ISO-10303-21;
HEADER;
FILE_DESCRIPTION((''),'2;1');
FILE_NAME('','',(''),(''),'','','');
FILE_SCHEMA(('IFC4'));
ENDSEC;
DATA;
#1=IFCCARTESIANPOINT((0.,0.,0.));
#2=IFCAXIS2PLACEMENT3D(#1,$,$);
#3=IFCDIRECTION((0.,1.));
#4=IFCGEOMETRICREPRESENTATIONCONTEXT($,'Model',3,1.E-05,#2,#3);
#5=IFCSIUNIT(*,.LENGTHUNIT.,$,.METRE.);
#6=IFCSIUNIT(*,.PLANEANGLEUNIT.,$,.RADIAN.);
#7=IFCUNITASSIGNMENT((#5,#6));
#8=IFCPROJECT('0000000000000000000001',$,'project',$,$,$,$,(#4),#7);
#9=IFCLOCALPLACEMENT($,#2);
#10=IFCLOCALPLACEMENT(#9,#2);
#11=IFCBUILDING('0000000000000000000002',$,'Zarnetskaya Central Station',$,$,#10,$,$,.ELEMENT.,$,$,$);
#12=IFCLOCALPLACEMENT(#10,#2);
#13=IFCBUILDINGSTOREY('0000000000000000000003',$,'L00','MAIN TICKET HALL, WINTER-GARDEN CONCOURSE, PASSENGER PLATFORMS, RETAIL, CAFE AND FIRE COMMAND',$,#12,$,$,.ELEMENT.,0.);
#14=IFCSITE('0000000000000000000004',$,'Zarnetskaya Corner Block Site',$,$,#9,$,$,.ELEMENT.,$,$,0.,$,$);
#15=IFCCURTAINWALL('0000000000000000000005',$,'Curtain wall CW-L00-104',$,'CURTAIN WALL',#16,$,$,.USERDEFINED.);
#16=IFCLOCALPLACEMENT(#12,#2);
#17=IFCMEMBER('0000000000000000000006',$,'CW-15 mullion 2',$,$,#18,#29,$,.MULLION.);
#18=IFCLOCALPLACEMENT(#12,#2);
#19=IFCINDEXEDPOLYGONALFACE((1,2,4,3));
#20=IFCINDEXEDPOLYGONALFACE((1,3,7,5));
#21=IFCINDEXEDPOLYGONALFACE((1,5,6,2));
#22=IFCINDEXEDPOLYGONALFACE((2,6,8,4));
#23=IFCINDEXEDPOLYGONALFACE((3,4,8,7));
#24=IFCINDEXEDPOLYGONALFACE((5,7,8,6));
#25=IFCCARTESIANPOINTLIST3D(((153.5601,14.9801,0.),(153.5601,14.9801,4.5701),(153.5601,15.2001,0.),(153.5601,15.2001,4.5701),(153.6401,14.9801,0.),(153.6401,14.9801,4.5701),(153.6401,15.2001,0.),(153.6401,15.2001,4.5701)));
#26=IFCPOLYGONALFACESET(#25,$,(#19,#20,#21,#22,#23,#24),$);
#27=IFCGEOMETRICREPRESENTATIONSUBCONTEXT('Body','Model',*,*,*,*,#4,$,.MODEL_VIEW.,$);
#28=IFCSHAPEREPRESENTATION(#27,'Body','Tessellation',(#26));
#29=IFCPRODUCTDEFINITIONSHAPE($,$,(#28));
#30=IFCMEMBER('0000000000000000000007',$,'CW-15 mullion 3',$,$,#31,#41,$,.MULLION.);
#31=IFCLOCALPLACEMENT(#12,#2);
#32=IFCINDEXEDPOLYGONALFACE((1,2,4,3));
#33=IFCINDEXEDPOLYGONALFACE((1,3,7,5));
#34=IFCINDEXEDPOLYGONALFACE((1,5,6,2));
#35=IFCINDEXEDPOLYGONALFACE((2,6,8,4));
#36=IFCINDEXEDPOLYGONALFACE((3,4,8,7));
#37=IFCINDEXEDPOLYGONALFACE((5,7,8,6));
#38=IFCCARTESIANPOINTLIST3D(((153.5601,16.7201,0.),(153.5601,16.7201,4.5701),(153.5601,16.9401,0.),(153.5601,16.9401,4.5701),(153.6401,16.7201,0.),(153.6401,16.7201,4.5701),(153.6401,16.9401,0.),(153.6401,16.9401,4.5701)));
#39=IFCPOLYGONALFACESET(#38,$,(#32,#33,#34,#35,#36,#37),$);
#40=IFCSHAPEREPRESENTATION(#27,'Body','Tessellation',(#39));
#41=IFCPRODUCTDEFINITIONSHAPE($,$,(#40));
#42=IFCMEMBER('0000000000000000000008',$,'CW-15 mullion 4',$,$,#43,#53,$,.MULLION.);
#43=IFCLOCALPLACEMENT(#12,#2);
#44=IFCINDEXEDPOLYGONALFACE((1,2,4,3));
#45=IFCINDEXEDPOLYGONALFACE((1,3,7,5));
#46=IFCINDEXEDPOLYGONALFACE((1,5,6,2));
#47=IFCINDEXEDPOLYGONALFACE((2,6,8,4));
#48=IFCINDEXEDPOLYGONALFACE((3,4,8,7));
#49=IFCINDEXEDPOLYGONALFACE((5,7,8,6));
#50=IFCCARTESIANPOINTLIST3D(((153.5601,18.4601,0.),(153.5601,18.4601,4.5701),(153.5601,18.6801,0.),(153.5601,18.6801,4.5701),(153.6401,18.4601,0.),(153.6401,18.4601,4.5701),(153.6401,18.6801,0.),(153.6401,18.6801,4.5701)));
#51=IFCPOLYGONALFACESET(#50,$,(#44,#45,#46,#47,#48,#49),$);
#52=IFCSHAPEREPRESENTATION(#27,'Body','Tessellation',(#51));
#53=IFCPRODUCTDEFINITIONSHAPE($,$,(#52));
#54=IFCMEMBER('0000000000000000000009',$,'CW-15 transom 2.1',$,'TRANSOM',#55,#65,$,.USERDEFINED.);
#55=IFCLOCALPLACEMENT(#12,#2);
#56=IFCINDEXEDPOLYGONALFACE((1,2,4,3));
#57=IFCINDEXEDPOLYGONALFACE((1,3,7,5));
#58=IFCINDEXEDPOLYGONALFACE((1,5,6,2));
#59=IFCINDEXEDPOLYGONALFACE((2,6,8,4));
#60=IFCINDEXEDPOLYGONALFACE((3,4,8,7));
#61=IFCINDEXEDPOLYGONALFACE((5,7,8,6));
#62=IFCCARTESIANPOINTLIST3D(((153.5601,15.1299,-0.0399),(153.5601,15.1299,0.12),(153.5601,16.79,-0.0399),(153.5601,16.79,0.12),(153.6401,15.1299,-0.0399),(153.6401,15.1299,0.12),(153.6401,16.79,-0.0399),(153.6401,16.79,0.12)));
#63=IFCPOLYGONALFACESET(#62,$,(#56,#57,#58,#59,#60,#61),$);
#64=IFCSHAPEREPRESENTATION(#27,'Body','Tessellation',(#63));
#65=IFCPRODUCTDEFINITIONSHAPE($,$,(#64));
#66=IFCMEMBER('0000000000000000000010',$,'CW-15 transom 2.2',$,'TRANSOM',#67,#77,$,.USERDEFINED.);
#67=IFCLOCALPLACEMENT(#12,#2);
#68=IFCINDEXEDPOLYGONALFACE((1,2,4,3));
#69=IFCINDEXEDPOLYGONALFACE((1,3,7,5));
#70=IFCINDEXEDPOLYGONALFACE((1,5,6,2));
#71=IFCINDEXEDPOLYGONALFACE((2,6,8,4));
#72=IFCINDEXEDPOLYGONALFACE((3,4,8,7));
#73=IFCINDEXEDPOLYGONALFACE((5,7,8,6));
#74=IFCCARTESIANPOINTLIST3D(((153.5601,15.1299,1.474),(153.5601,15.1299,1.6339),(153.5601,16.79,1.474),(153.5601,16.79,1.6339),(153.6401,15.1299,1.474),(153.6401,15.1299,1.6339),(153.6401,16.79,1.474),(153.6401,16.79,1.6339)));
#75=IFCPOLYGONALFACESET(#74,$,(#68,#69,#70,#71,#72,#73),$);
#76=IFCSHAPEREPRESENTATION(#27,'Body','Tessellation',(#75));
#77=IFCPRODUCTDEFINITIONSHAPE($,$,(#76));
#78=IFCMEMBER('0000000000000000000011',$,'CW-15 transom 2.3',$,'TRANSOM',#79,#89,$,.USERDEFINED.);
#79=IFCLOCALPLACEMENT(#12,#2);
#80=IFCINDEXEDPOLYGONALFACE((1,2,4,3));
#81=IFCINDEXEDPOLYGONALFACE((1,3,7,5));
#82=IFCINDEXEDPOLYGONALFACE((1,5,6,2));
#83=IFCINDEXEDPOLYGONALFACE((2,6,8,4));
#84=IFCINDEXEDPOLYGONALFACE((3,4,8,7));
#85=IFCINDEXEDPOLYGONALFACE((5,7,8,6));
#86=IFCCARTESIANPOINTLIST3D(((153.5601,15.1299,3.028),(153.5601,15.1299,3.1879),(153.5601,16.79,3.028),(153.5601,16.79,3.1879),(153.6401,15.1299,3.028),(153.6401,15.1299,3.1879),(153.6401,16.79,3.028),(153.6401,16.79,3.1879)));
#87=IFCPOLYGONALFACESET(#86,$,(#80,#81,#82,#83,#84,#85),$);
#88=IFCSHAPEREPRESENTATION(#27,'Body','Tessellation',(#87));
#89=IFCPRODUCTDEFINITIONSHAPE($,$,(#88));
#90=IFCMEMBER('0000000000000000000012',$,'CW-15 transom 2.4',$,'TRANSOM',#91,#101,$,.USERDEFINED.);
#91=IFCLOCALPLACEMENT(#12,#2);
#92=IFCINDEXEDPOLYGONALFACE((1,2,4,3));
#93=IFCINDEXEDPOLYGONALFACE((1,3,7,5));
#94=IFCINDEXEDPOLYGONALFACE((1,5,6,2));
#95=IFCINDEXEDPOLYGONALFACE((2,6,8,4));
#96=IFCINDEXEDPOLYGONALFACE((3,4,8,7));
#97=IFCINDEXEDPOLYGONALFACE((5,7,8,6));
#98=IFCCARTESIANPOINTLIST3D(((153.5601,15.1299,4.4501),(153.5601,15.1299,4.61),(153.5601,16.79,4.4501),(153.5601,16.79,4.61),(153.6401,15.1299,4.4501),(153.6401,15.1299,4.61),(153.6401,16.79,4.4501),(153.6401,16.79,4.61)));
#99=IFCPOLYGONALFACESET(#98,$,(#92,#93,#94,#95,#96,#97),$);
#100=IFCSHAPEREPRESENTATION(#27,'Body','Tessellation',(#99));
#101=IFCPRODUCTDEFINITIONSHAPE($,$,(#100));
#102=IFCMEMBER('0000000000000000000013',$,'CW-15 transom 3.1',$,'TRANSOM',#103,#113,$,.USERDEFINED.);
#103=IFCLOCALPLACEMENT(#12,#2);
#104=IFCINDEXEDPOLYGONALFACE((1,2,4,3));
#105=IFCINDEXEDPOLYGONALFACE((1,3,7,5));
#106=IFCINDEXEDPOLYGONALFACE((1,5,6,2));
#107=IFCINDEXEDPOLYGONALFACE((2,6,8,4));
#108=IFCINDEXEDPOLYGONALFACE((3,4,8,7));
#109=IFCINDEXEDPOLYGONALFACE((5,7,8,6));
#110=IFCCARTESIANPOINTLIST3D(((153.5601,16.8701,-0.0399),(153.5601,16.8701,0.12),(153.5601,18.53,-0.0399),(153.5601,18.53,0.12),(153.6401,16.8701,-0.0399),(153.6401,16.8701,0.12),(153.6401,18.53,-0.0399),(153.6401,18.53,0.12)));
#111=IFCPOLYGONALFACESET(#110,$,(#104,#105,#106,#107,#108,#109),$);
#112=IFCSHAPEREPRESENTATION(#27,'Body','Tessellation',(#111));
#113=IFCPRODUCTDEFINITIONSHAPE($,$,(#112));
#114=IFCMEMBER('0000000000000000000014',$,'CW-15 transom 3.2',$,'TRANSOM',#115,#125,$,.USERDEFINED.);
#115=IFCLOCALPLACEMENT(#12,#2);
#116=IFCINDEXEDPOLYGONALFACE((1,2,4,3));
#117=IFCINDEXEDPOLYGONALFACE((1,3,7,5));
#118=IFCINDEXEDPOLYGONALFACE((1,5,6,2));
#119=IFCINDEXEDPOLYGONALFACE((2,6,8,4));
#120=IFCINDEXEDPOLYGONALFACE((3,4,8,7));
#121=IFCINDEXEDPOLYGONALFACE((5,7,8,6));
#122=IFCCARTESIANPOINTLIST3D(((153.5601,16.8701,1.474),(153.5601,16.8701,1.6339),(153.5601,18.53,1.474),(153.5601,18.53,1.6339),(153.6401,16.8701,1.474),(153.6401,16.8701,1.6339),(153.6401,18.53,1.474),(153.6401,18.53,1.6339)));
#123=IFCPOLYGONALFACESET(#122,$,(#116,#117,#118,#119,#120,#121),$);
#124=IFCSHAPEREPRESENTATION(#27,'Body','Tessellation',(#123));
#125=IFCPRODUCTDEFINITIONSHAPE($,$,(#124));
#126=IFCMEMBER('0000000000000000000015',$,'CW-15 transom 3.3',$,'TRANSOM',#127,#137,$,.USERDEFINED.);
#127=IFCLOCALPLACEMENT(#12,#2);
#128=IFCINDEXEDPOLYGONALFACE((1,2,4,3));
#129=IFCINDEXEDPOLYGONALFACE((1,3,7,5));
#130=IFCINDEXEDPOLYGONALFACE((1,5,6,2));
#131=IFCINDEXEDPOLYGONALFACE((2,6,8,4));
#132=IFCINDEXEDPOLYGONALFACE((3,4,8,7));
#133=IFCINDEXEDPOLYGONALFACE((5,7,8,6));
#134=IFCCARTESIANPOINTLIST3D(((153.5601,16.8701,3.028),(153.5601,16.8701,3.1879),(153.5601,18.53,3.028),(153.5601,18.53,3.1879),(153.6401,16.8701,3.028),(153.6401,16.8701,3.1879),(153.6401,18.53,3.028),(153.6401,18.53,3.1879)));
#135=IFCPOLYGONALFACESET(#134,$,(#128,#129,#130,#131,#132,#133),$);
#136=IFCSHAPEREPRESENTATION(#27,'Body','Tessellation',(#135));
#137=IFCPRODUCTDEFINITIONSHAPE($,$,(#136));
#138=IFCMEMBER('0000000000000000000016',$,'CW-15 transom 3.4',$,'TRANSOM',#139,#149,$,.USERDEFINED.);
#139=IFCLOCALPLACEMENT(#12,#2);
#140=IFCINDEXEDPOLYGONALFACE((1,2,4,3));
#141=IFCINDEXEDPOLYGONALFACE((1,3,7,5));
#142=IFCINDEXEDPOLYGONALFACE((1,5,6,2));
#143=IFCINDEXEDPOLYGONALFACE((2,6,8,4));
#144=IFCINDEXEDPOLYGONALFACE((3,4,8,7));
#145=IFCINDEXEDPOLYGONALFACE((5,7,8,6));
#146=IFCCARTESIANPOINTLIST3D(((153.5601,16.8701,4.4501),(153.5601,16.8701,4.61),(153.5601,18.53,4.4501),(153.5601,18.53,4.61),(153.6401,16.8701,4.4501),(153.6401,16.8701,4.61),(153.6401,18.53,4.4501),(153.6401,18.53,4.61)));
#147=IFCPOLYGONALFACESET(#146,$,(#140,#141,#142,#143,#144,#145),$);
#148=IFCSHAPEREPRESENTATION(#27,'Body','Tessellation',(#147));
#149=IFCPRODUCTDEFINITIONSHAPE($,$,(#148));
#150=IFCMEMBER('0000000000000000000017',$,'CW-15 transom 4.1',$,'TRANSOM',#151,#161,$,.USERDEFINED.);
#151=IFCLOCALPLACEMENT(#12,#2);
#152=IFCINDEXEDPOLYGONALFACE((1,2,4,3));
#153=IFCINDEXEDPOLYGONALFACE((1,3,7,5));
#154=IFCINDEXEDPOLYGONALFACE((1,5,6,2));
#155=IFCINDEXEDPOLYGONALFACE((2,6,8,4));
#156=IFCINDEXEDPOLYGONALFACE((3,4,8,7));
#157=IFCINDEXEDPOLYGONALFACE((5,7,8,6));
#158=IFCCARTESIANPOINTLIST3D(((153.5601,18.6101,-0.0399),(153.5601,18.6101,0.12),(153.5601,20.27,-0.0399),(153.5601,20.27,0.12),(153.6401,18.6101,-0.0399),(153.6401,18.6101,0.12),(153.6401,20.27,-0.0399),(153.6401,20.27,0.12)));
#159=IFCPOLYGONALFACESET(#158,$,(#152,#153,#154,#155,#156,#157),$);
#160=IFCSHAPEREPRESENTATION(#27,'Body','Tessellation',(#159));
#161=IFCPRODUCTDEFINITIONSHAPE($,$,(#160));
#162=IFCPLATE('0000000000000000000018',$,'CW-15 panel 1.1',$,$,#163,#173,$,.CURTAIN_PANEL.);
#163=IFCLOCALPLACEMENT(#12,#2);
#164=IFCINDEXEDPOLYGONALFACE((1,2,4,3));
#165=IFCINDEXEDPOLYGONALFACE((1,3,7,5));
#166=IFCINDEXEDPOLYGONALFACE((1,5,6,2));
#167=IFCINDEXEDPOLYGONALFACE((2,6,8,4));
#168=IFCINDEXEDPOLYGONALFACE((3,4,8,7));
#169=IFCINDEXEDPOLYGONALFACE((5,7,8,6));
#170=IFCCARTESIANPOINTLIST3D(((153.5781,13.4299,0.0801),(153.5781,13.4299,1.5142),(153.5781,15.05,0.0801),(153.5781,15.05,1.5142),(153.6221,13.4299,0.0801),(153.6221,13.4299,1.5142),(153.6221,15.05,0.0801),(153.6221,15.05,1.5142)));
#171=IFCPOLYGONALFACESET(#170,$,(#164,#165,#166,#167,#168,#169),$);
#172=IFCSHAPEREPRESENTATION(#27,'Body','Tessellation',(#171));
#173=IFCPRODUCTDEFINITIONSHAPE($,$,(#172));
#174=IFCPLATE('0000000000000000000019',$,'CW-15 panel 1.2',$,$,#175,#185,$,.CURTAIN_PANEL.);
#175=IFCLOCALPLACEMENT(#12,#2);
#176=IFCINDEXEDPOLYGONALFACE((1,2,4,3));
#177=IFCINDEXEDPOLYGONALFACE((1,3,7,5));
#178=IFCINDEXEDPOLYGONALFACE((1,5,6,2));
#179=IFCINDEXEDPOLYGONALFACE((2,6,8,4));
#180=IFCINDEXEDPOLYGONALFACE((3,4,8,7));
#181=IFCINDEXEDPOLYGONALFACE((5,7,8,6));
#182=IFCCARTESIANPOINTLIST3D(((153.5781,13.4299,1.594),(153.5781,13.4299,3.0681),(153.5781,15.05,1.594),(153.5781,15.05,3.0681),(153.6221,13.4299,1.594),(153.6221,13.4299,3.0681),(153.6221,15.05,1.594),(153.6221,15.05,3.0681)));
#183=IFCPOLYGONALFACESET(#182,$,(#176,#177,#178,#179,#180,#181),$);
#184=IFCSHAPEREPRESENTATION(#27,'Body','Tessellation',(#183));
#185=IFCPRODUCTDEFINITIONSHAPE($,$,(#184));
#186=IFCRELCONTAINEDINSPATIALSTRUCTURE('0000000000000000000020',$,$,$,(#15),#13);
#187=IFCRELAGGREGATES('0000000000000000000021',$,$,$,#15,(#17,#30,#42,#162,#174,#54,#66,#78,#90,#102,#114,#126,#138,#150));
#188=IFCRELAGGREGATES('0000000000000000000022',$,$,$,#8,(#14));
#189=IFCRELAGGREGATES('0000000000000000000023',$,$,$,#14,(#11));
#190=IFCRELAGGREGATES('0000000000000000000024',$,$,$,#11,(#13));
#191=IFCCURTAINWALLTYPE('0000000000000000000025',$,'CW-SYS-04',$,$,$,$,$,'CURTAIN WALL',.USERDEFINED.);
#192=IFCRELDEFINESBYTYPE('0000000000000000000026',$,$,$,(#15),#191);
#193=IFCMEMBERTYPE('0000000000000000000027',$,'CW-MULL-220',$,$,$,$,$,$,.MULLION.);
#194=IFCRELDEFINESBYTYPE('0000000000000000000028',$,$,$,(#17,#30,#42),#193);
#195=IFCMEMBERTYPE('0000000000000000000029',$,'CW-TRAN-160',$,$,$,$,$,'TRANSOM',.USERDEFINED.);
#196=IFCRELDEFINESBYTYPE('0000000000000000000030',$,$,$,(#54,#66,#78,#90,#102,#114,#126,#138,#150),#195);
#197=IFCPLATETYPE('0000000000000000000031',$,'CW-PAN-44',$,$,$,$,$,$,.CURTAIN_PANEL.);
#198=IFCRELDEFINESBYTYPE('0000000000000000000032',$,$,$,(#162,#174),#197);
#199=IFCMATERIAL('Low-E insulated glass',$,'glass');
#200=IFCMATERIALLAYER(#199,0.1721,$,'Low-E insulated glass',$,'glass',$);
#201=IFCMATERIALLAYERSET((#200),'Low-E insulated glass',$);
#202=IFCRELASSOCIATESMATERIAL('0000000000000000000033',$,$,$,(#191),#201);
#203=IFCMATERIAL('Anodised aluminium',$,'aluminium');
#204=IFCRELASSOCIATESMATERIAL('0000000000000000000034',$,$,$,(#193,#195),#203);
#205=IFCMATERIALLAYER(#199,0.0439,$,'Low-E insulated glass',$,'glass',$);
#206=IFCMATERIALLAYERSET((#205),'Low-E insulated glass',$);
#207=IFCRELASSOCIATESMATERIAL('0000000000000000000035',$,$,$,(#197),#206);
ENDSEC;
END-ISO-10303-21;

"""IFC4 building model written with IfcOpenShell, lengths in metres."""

from ifc_helpers import new_model, si_unit, direction, frame, origin, origin_2d, place, context, subcontext, project, spatial, rectangle, extrude, material, layer, layer_set, material_profile, profile_set, type_object, element, aggregate, save


model = new_model("IFC4")

# Units and contexts
model_context = context("Model", 3, precision=1e-05, world=origin(), true_north=direction((0.0, 1.0)))
body_context = subcontext(model_context, "Body", "Model", "MODEL_VIEW")
ifc_project = project(units=[si_unit("LENGTHUNIT", "METRE"), si_unit("PLANEANGLEUNIT", "RADIAN")], contexts=[model_context])

# Site, building, storey
site_placement = place(None, origin())
site = spatial("IfcSite", under=ifc_project, at=site_placement, Name="Zarnetskaya Corner Block Site", CompositionType="ELEMENT", RefElevation=0.0)
building_placement = place(site_placement, origin())
building = spatial("IfcBuilding", under=site, at=building_placement, Name="Zarnetskaya Central Station", CompositionType="ELEMENT")
storey_placement = place(building_placement, origin())
storey = spatial("IfcBuildingStorey", under=building, at=storey_placement, Name="L00", Description="MAIN TICKET HALL, WINTER-GARDEN CONCOURSE, PASSENGER PLATFORMS, RETAIL, CAFE AND FIRE COMMAND", CompositionType="ELEMENT", Elevation=0.0)

# Curtain wall, members, plates
ifc_material_1 = material(Name="Low-E insulated glass", Category="glass")
ifc_layer_1 = layer(ifc_material_1, 0.1721, Name="Low-E insulated glass", Category="glass")
ifc_layer_set_1 = layer_set([ifc_layer_1], Name="Low-E insulated glass")
curtain_wall_type = type_object("IfcCurtainWallType", Name="CW-SYS-04", ElementType="CURTAIN WALL", PredefinedType="USERDEFINED", material=ifc_layer_set_1)
curtain_wall_placement = place(storey_placement, origin())
curtain_wall = element("IfcCurtainWall", 1, at=curtain_wall_placement, inside=storey, type_object=curtain_wall_type, Name="Curtain wall CW-L00-104", ObjectType="CURTAIN WALL", PredefinedType="USERDEFINED")
ifc_material_2 = material(Name="Anodised aluminium", Category="aluminium")
ifc_material_profile_1 = material_profile(ifc_material_2, rectangle(XDim=0.0801, YDim=0.22, at=origin_2d()), Name="ALU MULL 80x220")
ifc_profile_set_1 = profile_set([ifc_material_profile_1], Name="Anodised aluminium")
member_type_1 = type_object("IfcMemberType", Name="CW-MULL-220", PredefinedType="MULLION", material=ifc_profile_set_1)
member_1_placement = place(storey_placement, frame((153.6001, 15.0901, 0.0), z_axis=(0.0, 0.0, 1.0), x_axis=(-1.0, 0.0, 0.0)))
member_1 = element("IfcMember", 2, at=member_1_placement, type_object=member_type_1, Name="CW-15 mullion 2", PredefinedType="MULLION", context=body_context, shape_type="SweptSolid", body=[
    extrude(rectangle(XDim=0.0801, YDim=0.22, at=origin_2d()), origin(), (0.0, 0.0, 1.0), 4.5701),
])
member_2_placement = place(storey_placement, frame((153.6001, 16.8301, 0.0), z_axis=(0.0, 0.0, 1.0), x_axis=(-1.0, 0.0, 0.0)))
member_2 = element("IfcMember", 3, at=member_2_placement, type_object=member_type_1, Name="CW-15 mullion 3", PredefinedType="MULLION", context=body_context, shape_type="SweptSolid", body=[
    extrude(rectangle(XDim=0.0801, YDim=0.22, at=origin_2d()), origin(), (0.0, 0.0, 1.0), 4.5701),
])
member_3_placement = place(storey_placement, frame((153.6001, 18.5701, 0.0), z_axis=(0.0, 0.0, 1.0), x_axis=(-1.0, 0.0, 0.0)))
member_3 = element("IfcMember", 4, at=member_3_placement, type_object=member_type_1, Name="CW-15 mullion 4", PredefinedType="MULLION", context=body_context, shape_type="SweptSolid", body=[
    extrude(rectangle(XDim=0.0801, YDim=0.22, at=origin_2d()), origin(), (0.0, 0.0, 1.0), 4.5701),
])
ifc_material_profile_2 = material_profile(ifc_material_2, rectangle(XDim=0.0801, YDim=0.1599, at=origin_2d()), Name="ALU TRAN 80x160")
ifc_profile_set_2 = profile_set([ifc_material_profile_2], Name="Anodised aluminium")
member_type_2 = type_object("IfcMemberType", Name="CW-TRAN-160", ElementType="TRANSOM", PredefinedType="USERDEFINED", material=ifc_profile_set_2)
member_4_placement = place(storey_placement, frame((153.6001, 15.1299, 0.04), z_axis=(0.0, 1.0, 0.0), x_axis=(-1.0, 0.0, 0.0)))
member_4 = element("IfcMember", 5, at=member_4_placement, type_object=member_type_2, Name="CW-15 transom 2.1", ObjectType="TRANSOM", PredefinedType="USERDEFINED", context=body_context, shape_type="SweptSolid", body=[
    extrude(rectangle(XDim=0.0801, YDim=0.1599, at=origin_2d()), origin(), (0.0, 0.0, 1.0), 1.6602),
])
member_5_placement = place(storey_placement, frame((153.6001, 15.1299, 1.554), z_axis=(0.0, 1.0, 0.0), x_axis=(-1.0, 0.0, 0.0)))
member_5 = element("IfcMember", 6, at=member_5_placement, type_object=member_type_2, Name="CW-15 transom 2.2", ObjectType="TRANSOM", PredefinedType="USERDEFINED", context=body_context, shape_type="SweptSolid", body=[
    extrude(rectangle(XDim=0.0801, YDim=0.1599, at=origin_2d()), origin(), (0.0, 0.0, 1.0), 1.6602),
])
member_6_placement = place(storey_placement, frame((153.6001, 15.1299, 3.1079), z_axis=(0.0, 1.0, 0.0), x_axis=(-1.0, 0.0, 0.0)))
member_6 = element("IfcMember", 7, at=member_6_placement, type_object=member_type_2, Name="CW-15 transom 2.3", ObjectType="TRANSOM", PredefinedType="USERDEFINED", context=body_context, shape_type="SweptSolid", body=[
    extrude(rectangle(XDim=0.0801, YDim=0.1599, at=origin_2d()), origin(), (0.0, 0.0, 1.0), 1.6602),
])
member_7_placement = place(storey_placement, frame((153.6001, 15.1299, 4.53), z_axis=(0.0, 1.0, 0.0), x_axis=(-1.0, 0.0, 0.0)))
member_7 = element("IfcMember", 8, at=member_7_placement, type_object=member_type_2, Name="CW-15 transom 2.4", ObjectType="TRANSOM", PredefinedType="USERDEFINED", context=body_context, shape_type="SweptSolid", body=[
    extrude(rectangle(XDim=0.0801, YDim=0.1599, at=origin_2d()), origin(), (0.0, 0.0, 1.0), 1.6602),
])
member_8_placement = place(storey_placement, frame((153.6001, 16.8701, 0.04), z_axis=(0.0, 1.0, 0.0), x_axis=(-1.0, 0.0, 0.0)))
member_8 = element("IfcMember", 9, at=member_8_placement, type_object=member_type_2, Name="CW-15 transom 3.1", ObjectType="TRANSOM", PredefinedType="USERDEFINED", context=body_context, shape_type="SweptSolid", body=[
    extrude(rectangle(XDim=0.0801, YDim=0.1599, at=origin_2d()), origin(), (0.0, 0.0, 1.0), 1.6599),
])
member_9_placement = place(storey_placement, frame((153.6001, 16.8701, 1.554), z_axis=(0.0, 1.0, 0.0), x_axis=(-1.0, 0.0, 0.0)))
member_9 = element("IfcMember", 10, at=member_9_placement, type_object=member_type_2, Name="CW-15 transom 3.2", ObjectType="TRANSOM", PredefinedType="USERDEFINED", context=body_context, shape_type="SweptSolid", body=[
    extrude(rectangle(XDim=0.0801, YDim=0.1599, at=origin_2d()), origin(), (0.0, 0.0, 1.0), 1.6599),
])
member_10_placement = place(storey_placement, frame((153.6001, 16.8701, 3.1079), z_axis=(0.0, 1.0, 0.0), x_axis=(-1.0, 0.0, 0.0)))
member_10 = element("IfcMember", 11, at=member_10_placement, type_object=member_type_2, Name="CW-15 transom 3.3", ObjectType="TRANSOM", PredefinedType="USERDEFINED", context=body_context, shape_type="SweptSolid", body=[
    extrude(rectangle(XDim=0.0801, YDim=0.1599, at=origin_2d()), origin(), (0.0, 0.0, 1.0), 1.6599),
])
member_11_placement = place(storey_placement, frame((153.6001, 16.8701, 4.53), z_axis=(0.0, 1.0, 0.0), x_axis=(-1.0, 0.0, 0.0)))
member_11 = element("IfcMember", 12, at=member_11_placement, type_object=member_type_2, Name="CW-15 transom 3.4", ObjectType="TRANSOM", PredefinedType="USERDEFINED", context=body_context, shape_type="SweptSolid", body=[
    extrude(rectangle(XDim=0.0801, YDim=0.1599, at=origin_2d()), origin(), (0.0, 0.0, 1.0), 1.6599),
])
member_12_placement = place(storey_placement, frame((153.6001, 18.6101, 0.04), z_axis=(0.0, 1.0, 0.0), x_axis=(-1.0, 0.0, 0.0)))
member_12 = element("IfcMember", 13, at=member_12_placement, type_object=member_type_2, Name="CW-15 transom 4.1", ObjectType="TRANSOM", PredefinedType="USERDEFINED", context=body_context, shape_type="SweptSolid", body=[
    extrude(rectangle(XDim=0.0801, YDim=0.1599, at=origin_2d()), origin(), (0.0, 0.0, 1.0), 1.6599),
])
ifc_layer_2 = layer(ifc_material_1, 0.0439, Name="Low-E insulated glass", Category="glass")
ifc_layer_set_2 = layer_set([ifc_layer_2], Name="Low-E insulated glass")
plate_type = type_object("IfcPlateType", Name="CW-PAN-44", PredefinedType="CURTAIN_PANEL", material=ifc_layer_set_2)
plate_1_placement = place(storey_placement, frame((153.6001, 14.24, 0.0801), z_axis=(0.0, 0.0, 1.0), x_axis=(0.0, 1.0, 0.0)))
plate_1 = element("IfcPlate", 14, at=plate_1_placement, type_object=plate_type, Name="CW-15 panel 1.1", PredefinedType="CURTAIN_PANEL", context=body_context, shape_type="SweptSolid", body=[
    extrude(rectangle(XDim=1.6201, YDim=0.0439, at=origin_2d()), origin(), (0.0, 0.0, 1.0), 1.4341),
])
plate_2_placement = place(storey_placement, frame((153.6001, 14.24, 1.594), z_axis=(0.0, 0.0, 1.0), x_axis=(0.0, 1.0, 0.0)))
plate_2 = element("IfcPlate", 15, at=plate_2_placement, type_object=plate_type, Name="CW-15 panel 1.2", PredefinedType="CURTAIN_PANEL", context=body_context, shape_type="SweptSolid", body=[
    extrude(rectangle(XDim=1.6201, YDim=0.0439, at=origin_2d()), origin(), (0.0, 0.0, 1.0), 1.4741),
])
aggregate(curtain_wall, [member_1, member_2, member_3, plate_1, plate_2, member_4, member_5, member_6, member_7, member_8, member_9, member_10, member_11, member_12])

save(model, "model.ifc")
